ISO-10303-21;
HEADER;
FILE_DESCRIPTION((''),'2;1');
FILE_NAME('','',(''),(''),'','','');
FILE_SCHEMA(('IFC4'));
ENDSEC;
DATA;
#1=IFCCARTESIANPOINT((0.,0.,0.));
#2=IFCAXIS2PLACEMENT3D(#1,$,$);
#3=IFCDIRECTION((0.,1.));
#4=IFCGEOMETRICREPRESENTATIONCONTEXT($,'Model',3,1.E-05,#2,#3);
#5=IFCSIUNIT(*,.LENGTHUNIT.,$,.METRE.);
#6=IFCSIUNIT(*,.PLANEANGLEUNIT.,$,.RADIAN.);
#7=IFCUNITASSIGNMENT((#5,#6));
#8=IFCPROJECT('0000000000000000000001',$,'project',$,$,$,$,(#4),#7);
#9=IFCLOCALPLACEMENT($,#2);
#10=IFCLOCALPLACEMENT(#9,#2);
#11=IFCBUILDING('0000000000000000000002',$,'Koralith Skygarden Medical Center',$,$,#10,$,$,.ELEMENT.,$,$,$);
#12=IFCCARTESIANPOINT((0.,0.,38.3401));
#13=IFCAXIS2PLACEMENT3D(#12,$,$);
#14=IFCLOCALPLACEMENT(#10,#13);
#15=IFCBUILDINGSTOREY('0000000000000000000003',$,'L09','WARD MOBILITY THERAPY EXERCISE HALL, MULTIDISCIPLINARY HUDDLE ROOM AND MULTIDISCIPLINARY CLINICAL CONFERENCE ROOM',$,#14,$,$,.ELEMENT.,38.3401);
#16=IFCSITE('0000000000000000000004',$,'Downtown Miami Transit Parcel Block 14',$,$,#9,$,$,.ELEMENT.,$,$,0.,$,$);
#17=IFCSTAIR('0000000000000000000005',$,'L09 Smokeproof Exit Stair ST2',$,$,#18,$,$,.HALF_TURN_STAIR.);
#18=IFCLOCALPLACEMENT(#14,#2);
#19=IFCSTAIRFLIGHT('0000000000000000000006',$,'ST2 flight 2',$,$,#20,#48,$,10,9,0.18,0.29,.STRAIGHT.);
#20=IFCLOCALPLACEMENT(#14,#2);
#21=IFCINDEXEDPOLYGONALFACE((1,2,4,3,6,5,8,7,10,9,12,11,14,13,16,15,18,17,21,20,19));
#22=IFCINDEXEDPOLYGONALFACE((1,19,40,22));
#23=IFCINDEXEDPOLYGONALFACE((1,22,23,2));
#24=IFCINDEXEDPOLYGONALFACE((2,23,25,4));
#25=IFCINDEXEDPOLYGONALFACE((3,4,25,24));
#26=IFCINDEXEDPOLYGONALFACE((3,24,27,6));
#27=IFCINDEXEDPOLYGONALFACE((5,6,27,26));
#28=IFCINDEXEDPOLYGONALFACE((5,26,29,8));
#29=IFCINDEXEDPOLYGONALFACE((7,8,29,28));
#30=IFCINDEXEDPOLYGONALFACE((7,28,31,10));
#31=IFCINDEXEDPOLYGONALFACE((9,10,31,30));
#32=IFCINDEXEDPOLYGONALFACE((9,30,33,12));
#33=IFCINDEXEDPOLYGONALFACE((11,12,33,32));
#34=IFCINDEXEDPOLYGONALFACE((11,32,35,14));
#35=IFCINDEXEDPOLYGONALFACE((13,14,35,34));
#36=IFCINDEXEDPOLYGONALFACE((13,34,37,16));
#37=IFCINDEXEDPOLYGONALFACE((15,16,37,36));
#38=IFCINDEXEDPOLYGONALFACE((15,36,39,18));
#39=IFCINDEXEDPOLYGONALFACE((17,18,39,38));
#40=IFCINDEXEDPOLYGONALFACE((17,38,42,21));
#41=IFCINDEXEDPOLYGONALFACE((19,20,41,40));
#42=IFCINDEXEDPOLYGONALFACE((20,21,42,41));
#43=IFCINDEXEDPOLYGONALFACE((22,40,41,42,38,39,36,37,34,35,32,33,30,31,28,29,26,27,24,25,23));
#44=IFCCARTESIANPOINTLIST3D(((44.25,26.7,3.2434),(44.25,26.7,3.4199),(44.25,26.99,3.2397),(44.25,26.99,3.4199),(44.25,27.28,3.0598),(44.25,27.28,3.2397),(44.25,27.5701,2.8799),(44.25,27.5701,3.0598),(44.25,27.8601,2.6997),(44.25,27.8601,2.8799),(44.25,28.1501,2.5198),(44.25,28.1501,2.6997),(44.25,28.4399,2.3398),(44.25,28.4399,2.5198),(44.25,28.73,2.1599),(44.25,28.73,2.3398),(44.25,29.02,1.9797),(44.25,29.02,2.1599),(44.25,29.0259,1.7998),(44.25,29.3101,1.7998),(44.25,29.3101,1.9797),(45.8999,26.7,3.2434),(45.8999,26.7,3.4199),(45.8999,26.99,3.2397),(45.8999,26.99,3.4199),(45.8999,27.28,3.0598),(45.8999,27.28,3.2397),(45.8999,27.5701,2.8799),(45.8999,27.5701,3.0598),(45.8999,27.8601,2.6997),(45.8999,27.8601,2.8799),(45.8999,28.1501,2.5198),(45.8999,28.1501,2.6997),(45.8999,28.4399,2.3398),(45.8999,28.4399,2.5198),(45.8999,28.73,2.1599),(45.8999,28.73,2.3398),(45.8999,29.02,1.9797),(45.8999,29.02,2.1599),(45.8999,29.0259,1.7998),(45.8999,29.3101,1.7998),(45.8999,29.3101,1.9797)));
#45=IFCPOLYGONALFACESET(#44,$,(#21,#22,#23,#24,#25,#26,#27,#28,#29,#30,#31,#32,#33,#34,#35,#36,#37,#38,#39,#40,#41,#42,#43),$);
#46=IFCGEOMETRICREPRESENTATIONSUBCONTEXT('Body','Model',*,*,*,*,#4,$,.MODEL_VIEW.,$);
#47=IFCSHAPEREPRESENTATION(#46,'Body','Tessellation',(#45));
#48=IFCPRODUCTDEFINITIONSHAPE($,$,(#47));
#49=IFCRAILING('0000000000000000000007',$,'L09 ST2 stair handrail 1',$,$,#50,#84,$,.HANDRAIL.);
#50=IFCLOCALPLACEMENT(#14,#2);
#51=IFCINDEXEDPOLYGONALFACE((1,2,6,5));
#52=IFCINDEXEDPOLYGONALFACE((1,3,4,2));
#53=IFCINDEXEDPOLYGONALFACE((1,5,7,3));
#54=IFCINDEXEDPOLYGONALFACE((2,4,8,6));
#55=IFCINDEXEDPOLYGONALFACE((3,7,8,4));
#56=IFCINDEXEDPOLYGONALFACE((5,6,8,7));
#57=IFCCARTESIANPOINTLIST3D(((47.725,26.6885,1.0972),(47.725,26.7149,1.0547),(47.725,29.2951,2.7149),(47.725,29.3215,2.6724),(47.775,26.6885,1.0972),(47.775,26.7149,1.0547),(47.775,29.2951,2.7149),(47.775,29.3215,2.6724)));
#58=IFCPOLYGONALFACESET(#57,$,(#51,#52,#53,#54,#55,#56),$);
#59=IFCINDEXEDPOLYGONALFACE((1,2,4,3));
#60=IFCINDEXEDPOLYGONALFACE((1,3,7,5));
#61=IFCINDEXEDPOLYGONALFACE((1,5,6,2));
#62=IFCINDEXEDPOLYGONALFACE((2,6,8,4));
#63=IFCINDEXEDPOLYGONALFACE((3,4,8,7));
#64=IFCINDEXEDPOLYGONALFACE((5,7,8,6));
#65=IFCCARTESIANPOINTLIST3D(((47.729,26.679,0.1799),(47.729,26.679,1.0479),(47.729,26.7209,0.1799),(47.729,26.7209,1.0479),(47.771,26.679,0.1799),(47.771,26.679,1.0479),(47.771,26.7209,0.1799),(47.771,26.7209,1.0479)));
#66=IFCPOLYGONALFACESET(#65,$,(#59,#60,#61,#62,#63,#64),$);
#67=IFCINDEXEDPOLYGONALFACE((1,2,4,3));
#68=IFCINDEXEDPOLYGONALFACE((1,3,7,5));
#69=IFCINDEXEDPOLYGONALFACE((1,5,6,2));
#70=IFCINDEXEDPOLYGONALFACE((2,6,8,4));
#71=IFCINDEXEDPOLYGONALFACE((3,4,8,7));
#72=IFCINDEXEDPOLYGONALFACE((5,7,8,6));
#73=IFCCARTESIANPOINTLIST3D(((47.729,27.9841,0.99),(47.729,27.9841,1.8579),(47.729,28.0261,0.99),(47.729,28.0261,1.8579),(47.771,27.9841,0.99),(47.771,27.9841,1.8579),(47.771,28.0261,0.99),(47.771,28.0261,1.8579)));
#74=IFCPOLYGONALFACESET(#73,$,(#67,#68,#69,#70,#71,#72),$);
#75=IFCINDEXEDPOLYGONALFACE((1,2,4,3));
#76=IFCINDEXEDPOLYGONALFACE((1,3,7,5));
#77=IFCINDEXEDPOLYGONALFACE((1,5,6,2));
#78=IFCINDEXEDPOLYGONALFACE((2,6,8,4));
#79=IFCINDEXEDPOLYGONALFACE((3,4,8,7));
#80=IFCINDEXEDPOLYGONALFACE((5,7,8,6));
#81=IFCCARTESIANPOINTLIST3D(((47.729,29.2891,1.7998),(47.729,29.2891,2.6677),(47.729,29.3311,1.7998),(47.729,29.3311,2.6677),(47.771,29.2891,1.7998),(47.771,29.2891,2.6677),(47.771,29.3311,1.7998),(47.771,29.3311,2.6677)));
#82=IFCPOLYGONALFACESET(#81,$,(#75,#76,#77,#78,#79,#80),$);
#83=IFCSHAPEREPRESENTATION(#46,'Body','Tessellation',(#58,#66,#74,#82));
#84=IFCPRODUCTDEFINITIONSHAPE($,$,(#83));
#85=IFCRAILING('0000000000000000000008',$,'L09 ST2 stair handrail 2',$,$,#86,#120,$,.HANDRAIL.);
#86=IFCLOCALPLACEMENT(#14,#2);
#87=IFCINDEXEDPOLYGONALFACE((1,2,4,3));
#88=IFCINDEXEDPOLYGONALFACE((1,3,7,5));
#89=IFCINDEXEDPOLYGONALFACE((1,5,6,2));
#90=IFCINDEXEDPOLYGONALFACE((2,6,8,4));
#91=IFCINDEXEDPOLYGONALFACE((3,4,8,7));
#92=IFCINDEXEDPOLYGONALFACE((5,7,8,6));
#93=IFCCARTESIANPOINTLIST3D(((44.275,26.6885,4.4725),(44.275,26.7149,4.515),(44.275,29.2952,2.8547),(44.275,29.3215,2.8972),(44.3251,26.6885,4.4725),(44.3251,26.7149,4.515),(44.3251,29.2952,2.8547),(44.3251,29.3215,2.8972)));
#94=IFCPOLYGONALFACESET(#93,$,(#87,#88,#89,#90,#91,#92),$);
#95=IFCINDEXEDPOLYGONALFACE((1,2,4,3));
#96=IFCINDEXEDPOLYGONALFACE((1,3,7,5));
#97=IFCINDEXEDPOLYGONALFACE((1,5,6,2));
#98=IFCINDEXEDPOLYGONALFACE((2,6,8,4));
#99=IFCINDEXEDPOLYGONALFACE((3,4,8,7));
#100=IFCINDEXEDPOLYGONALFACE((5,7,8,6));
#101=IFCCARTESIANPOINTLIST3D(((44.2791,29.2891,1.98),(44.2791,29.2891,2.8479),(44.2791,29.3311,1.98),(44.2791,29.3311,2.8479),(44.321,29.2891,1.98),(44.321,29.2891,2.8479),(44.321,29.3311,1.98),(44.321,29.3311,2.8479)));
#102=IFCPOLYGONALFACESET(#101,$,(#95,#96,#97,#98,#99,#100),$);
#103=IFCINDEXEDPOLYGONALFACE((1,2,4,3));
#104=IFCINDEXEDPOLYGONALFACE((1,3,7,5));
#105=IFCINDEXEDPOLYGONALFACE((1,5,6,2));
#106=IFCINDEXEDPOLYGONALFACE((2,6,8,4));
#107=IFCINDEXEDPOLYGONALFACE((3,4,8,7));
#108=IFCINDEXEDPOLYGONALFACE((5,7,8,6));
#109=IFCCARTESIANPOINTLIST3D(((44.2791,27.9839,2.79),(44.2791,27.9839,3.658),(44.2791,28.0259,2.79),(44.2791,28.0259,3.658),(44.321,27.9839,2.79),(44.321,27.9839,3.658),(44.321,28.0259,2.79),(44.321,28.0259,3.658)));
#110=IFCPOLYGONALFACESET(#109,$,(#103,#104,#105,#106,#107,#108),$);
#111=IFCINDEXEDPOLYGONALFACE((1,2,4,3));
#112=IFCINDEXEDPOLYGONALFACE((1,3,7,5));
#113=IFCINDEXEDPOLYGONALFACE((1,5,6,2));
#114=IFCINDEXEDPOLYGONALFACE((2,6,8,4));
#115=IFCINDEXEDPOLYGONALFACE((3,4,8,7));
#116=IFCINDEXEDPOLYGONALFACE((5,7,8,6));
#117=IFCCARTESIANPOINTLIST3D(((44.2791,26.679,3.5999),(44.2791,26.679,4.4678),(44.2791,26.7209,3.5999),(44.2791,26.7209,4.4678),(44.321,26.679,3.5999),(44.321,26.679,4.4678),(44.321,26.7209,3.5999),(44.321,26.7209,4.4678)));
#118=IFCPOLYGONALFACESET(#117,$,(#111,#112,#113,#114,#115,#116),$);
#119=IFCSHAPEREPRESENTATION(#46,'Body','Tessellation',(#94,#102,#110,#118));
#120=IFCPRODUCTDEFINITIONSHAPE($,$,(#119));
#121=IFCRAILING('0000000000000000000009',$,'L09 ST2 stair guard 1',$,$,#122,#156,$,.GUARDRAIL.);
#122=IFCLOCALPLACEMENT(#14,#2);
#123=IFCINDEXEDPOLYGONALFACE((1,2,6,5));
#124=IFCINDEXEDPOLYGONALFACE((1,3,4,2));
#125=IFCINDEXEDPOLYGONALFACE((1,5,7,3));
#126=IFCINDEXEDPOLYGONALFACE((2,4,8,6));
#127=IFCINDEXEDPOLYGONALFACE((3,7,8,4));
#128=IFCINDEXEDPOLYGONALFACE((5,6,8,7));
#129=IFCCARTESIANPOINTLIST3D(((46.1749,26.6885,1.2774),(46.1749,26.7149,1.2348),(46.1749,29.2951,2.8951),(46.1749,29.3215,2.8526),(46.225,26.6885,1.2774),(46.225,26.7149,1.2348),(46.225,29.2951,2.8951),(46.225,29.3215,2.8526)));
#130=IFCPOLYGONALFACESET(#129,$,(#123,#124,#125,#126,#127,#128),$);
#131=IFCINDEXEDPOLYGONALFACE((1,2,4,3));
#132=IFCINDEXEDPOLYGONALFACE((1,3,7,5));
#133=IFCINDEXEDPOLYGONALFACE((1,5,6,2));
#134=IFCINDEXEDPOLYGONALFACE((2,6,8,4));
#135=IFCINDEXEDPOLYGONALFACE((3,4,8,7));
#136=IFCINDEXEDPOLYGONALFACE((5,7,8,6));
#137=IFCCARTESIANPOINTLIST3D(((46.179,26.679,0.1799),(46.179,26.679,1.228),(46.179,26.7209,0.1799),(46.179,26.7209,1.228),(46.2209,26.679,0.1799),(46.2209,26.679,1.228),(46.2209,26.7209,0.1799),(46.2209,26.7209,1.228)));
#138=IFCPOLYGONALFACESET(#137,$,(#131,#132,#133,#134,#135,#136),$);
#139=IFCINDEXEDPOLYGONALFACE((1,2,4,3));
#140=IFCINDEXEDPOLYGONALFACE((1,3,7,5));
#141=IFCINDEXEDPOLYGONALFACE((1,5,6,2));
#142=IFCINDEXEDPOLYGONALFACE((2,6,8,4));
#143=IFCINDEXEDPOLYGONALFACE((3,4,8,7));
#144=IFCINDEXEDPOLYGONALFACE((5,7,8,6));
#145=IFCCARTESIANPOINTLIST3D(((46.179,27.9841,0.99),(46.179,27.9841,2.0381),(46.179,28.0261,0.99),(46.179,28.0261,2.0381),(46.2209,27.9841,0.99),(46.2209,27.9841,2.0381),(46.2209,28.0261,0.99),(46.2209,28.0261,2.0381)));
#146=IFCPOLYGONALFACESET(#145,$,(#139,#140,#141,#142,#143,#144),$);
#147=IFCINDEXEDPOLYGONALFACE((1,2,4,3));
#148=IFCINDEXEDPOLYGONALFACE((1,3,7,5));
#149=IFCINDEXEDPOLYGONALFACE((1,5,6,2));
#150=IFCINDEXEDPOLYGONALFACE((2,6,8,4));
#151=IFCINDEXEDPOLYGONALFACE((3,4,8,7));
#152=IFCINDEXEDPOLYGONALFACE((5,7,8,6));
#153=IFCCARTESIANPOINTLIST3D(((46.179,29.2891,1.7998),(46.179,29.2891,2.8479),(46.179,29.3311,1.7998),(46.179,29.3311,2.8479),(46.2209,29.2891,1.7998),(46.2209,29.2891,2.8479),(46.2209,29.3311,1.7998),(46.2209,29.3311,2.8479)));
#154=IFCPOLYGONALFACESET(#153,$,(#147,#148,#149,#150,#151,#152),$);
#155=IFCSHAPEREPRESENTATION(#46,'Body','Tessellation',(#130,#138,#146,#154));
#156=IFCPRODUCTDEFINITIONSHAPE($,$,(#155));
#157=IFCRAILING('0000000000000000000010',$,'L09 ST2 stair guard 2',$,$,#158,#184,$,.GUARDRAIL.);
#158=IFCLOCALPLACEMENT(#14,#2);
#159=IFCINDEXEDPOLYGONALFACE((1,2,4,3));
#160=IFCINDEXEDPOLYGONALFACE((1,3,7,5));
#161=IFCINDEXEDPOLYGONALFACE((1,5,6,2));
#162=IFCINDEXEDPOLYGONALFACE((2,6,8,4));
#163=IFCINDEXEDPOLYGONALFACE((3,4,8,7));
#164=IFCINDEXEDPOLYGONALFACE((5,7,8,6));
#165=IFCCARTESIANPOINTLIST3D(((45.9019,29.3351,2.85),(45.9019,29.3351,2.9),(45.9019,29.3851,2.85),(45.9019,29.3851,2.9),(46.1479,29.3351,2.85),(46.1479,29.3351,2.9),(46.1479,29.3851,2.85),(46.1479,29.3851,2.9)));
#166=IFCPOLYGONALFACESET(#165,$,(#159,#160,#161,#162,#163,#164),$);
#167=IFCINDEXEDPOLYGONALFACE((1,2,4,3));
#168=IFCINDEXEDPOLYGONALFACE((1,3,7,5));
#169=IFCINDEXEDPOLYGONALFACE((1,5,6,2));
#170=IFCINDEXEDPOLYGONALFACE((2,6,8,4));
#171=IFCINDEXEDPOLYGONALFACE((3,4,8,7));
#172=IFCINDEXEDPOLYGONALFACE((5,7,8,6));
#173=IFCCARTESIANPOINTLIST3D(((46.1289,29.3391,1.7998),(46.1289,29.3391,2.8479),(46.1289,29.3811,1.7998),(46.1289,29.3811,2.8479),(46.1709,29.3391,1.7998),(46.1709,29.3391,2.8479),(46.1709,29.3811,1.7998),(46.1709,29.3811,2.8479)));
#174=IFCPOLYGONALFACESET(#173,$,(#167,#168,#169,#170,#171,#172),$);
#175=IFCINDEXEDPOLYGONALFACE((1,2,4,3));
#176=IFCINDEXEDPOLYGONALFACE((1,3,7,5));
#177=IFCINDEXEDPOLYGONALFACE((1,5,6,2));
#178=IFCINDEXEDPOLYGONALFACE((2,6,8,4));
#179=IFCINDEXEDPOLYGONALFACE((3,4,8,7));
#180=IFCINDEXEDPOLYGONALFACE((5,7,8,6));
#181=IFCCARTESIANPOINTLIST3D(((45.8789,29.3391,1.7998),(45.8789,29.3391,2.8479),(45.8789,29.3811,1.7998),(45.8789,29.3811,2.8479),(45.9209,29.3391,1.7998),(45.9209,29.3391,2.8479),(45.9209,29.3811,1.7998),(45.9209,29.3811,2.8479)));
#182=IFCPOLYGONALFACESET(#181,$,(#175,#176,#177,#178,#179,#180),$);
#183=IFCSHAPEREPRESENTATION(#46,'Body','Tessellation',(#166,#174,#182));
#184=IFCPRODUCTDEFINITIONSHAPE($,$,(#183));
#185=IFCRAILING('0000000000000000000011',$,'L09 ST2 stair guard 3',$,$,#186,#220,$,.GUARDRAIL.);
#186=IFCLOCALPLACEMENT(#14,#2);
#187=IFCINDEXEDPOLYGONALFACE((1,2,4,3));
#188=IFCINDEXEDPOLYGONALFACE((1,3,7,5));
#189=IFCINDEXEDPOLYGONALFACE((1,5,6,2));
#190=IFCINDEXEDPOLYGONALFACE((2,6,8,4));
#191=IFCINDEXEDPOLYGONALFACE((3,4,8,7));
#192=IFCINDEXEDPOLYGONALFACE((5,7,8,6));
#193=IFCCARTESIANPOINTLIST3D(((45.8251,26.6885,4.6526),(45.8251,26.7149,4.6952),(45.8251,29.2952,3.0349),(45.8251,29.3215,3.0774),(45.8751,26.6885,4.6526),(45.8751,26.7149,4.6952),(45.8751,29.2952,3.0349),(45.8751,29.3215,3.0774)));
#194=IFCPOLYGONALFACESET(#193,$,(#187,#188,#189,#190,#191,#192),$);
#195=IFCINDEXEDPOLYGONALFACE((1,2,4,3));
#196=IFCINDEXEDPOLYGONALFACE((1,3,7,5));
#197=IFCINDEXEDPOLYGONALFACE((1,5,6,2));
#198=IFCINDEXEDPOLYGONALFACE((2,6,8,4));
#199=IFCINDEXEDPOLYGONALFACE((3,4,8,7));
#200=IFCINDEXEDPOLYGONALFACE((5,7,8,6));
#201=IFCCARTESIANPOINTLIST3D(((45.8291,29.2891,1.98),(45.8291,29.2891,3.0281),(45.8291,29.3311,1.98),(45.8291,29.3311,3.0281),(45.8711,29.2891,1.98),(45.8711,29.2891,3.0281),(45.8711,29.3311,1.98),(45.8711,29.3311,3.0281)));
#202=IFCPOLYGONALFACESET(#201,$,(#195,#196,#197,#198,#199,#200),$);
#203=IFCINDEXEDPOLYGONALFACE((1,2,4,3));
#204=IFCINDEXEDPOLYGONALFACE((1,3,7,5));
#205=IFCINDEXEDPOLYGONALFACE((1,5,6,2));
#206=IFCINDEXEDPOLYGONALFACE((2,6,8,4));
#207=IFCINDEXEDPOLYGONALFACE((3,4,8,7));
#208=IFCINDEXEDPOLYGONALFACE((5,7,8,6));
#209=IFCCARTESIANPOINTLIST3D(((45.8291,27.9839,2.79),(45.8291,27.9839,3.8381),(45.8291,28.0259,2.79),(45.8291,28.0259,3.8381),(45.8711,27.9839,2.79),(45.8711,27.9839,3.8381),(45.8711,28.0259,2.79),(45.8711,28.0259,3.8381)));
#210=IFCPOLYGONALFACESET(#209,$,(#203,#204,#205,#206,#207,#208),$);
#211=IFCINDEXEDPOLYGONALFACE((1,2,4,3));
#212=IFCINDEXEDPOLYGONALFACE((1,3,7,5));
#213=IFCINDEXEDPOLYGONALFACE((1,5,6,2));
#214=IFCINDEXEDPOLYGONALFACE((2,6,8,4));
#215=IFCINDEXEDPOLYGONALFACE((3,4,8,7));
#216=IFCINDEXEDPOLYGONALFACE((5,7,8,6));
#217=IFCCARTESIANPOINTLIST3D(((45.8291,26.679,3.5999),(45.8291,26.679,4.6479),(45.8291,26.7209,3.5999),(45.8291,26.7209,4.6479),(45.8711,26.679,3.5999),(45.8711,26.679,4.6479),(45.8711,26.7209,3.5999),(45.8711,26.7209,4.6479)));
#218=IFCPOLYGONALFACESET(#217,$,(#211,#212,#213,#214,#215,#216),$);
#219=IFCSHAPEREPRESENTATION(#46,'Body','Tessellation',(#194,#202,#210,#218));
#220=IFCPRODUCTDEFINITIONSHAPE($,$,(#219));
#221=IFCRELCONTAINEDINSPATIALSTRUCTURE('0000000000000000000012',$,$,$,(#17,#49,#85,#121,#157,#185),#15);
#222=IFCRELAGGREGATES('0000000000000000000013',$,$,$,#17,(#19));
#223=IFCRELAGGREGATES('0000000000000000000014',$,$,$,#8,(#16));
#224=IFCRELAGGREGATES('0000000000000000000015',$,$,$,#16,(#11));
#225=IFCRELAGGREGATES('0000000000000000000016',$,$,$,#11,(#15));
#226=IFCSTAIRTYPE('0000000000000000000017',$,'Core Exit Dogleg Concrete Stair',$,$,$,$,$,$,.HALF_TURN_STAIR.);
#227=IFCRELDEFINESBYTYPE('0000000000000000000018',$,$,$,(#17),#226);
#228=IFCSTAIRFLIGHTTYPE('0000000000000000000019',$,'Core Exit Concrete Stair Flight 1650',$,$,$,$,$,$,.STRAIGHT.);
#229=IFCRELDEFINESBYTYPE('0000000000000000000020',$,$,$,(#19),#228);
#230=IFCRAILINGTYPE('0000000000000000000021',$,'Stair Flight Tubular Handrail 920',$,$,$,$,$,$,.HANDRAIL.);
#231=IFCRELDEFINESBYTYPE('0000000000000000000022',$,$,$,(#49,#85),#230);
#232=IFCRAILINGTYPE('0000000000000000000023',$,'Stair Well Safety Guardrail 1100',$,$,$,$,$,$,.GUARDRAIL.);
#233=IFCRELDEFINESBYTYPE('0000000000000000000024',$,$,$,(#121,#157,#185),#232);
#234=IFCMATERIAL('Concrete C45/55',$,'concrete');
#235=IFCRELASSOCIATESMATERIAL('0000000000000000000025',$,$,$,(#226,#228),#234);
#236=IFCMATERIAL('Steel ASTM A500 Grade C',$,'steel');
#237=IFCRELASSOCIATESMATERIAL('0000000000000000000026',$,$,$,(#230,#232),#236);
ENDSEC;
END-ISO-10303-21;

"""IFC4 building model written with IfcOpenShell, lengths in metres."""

from ifc_helpers import new_model, si_unit, direction, frame, origin, origin_2d, place, context, subcontext, project, spatial, polyline, rectangle, outline, extrude, material, type_object, element, aggregate, save


model = new_model("IFC4")

# Units and contexts
model_context = context("Model", 3, precision=1e-05, world=origin(), true_north=direction((0.0, 1.0)))
body_context = subcontext(model_context, "Body", "Model", "MODEL_VIEW")
ifc_project = project(units=[si_unit("LENGTHUNIT", "METRE"), si_unit("PLANEANGLEUNIT", "RADIAN")], contexts=[model_context])

# Site, building, storey
site_placement = place(None, origin())
site = spatial("IfcSite", under=ifc_project, at=site_placement, Name="Downtown Miami Transit Parcel Block 14", CompositionType="ELEMENT", RefElevation=0.0)
building_placement = place(site_placement, origin())
building = spatial("IfcBuilding", under=site, at=building_placement, Name="Koralith Skygarden Medical Center", CompositionType="ELEMENT")
storey_placement = place(building_placement, frame((0.0, 0.0, 38.3401)))
storey = spatial("IfcBuildingStorey", under=building, at=storey_placement, Name="L09", Description="WARD MOBILITY THERAPY EXERCISE HALL, MULTIDISCIPLINARY HUDDLE ROOM AND MULTIDISCIPLINARY CLINICAL CONFERENCE ROOM", CompositionType="ELEMENT", Elevation=38.3401)

# Shared definitions
ifc_material_1 = material(Name="Concrete C45/55", Category="concrete")

# Shared definitions
ifc_material_2 = material(Name="Steel ASTM A500 Grade C", Category="steel")

# Stair, stair flight
stair_type = type_object("IfcStairType", Name="Core Exit Dogleg Concrete Stair", PredefinedType="HALF_TURN_STAIR", material=ifc_material_1)
stair_placement = place(storey_placement, origin())
stair = element("IfcStair", 1, at=stair_placement, inside=storey, type_object=stair_type, Name="L09 Smokeproof Exit Stair ST2", PredefinedType="HALF_TURN_STAIR")
stair_flight_type = type_object("IfcStairFlightType", Name="Core Exit Concrete Stair Flight 1650", PredefinedType="STRAIGHT", material=ifc_material_1)
stair_flight_1_placement = place(storey_placement, frame((45.075, 29.3101, 1.7998), z_axis=(0.0, 0.0, 1.0), x_axis=(0.0, -1.0, 0.0)))
stair_flight_1 = element("IfcStairFlight", 2, at=stair_flight_1_placement, type_object=stair_flight_type, Name="ST2 flight 2", NumberOfRisers=10, NumberOfTreads=9, PredefinedType="STRAIGHT", RiserHeight=0.18, TreadLength=0.29, context=body_context, shape_type="SweptSolid", body=[
    extrude(outline(polyline([(0.0, 0.0), (0.0, 0.1799), (0.29, 0.1799), (0.29, 0.3601), (0.5801, 0.3601), (0.5801, 0.54), (0.8701, 0.54), (0.8701, 0.72), (1.1599, 0.72), (1.1599, 0.8999), (1.45, 0.8999), (1.45, 1.0801), (1.74, 1.0801), (1.74, 1.26), (2.03, 1.26), (2.03, 1.4399), (2.3201, 1.4399), (2.3201, 1.6201), (2.6101, 1.6201), (2.6101, 1.8), (2.6101, 1.4436), (0.2842, 0.0), (0.0, 0.0)])), frame((0.0, 0.825, 0.0), z_axis=(0.0, -1.0, 0.0), x_axis=(1.0, 0.0, 0.0)), (0.0, 0.0, 1.0), 1.6499),
])
aggregate(stair, [stair_flight_1])

# Railings
railing_type_1 = type_object("IfcRailingType", Name="Stair Flight Tubular Handrail 920", PredefinedType="HANDRAIL", material=ifc_material_2)
railing_1_placement = place(storey_placement, frame((47.75, 26.7, 0.1799)))
element("IfcRailing", 3, at=railing_1_placement, inside=storey, type_object=railing_type_1, Name="L09 ST2 stair handrail 1", PredefinedType="HANDRAIL", context=body_context, shape_type="SweptSolid", body=[
    extrude(rectangle(XDim=0.05, YDim=0.05, at=origin_2d()), frame((0.0, 0.0017, 0.896), z_axis=(0.0, 0.849668, 0.527317), x_axis=(-1.0, 0.0, 0.0)), (0.0, 0.0, 1.0), 3.0679),
    extrude(rectangle(XDim=0.042, YDim=0.042, at=origin_2d()), origin(), (0.0, 0.0, 1.0), 0.8679),
    extrude(rectangle(XDim=0.042, YDim=0.042, at=origin_2d()), frame((0.0, 1.3052, 0.8101)), (0.0, 0.0, 1.0), 0.8679),
    extrude(rectangle(XDim=0.042, YDim=0.042, at=origin_2d()), frame((0.0, 2.6101, 1.6199)), (0.0, 0.0, 1.0), 0.8679),
])
railing_2_placement = place(storey_placement, frame((44.3, 29.3101, 1.98)))
element("IfcRailing", 4, at=railing_2_placement, inside=storey, type_object=railing_type_1, Name="L09 ST2 stair handrail 2", PredefinedType="HANDRAIL", context=body_context, shape_type="SweptSolid", body=[
    extrude(rectangle(XDim=0.05, YDim=0.05, at=origin_2d()), frame((0.0, -0.0017, 0.896), z_axis=(0.0, -0.849668, 0.527317), x_axis=(1.0, 0.0, 0.0)), (0.0, 0.0, 1.0), 3.0679),
    extrude(rectangle(XDim=0.042, YDim=0.042, at=origin_2d()), origin(), (0.0, 0.0, 1.0), 0.8679),
    extrude(rectangle(XDim=0.042, YDim=0.042, at=origin_2d()), frame((0.0, -1.3052, 0.8101)), (0.0, 0.0, 1.0), 0.8679),
    extrude(rectangle(XDim=0.042, YDim=0.042, at=origin_2d()), frame((0.0, -2.6101, 1.6199)), (0.0, 0.0, 1.0), 0.8679),
])
railing_type_2 = type_object("IfcRailingType", Name="Stair Well Safety Guardrail 1100", PredefinedType="GUARDRAIL", material=ifc_material_2)
railing_3_placement = place(storey_placement, frame((46.2, 26.7, 0.1799)))
element("IfcRailing", 5, at=railing_3_placement, inside=storey, type_object=railing_type_2, Name="L09 ST2 stair guard 1", PredefinedType="GUARDRAIL", context=body_context, shape_type="SweptSolid", body=[
    extrude(rectangle(XDim=0.05, YDim=0.05, at=origin_2d()), frame((0.0, 0.0017, 1.0762), z_axis=(0.0, 0.849668, 0.527317), x_axis=(-1.0, 0.0, 0.0)), (0.0, 0.0, 1.0), 3.0679),
    extrude(rectangle(XDim=0.042, YDim=0.042, at=origin_2d()), origin(), (0.0, 0.0, 1.0), 1.0481),
    extrude(rectangle(XDim=0.042, YDim=0.042, at=origin_2d()), frame((0.0, 1.3052, 0.8101)), (0.0, 0.0, 1.0), 1.0481),
    extrude(rectangle(XDim=0.042, YDim=0.042, at=origin_2d()), frame((0.0, 2.6101, 1.6199)), (0.0, 0.0, 1.0), 1.0481),
])
railing_4_placement = place(storey_placement, frame((46.1499, 29.3601, 1.7998)))
element("IfcRailing", 6, at=railing_4_placement, inside=storey, type_object=railing_type_2, Name="L09 ST2 stair guard 2", PredefinedType="GUARDRAIL", context=body_context, shape_type="SweptSolid", body=[
    extrude(rectangle(XDim=0.05, YDim=0.05, at=origin_2d()), frame((-0.002, 0.0, 1.0752), z_axis=(-1.0, 0.0, 0.0), x_axis=(0.0, -1.0, 0.0)), (0.0, 0.0, 1.0), 0.2461),
    extrude(rectangle(XDim=0.042, YDim=0.042, at=origin_2d()), origin(), (0.0, 0.0, 1.0), 1.0481),
    extrude(rectangle(XDim=0.042, YDim=0.042, at=origin_2d()), frame((-0.25, 0.0, 0.0)), (0.0, 0.0, 1.0), 1.0481),
])
railing_5_placement = place(storey_placement, frame((45.8501, 29.3101, 1.98)))
element("IfcRailing", 7, at=railing_5_placement, inside=storey, type_object=railing_type_2, Name="L09 ST2 stair guard 3", PredefinedType="GUARDRAIL", context=body_context, shape_type="SweptSolid", body=[
    extrude(rectangle(XDim=0.05, YDim=0.05, at=origin_2d()), frame((0.0, -0.0017, 1.0762), z_axis=(0.0, -0.849668, 0.527317), x_axis=(1.0, 0.0, 0.0)), (0.0, 0.0, 1.0), 3.0679),
    extrude(rectangle(XDim=0.042, YDim=0.042, at=origin_2d()), origin(), (0.0, 0.0, 1.0), 1.0481),
    extrude(rectangle(XDim=0.042, YDim=0.042, at=origin_2d()), frame((0.0, -1.3052, 0.8101)), (0.0, 0.0, 1.0), 1.0481),
    extrude(rectangle(XDim=0.042, YDim=0.042, at=origin_2d()), frame((0.0, -2.6101, 1.6199)), (0.0, 0.0, 1.0), 1.0481),
])

save(model, "model.ifc")
